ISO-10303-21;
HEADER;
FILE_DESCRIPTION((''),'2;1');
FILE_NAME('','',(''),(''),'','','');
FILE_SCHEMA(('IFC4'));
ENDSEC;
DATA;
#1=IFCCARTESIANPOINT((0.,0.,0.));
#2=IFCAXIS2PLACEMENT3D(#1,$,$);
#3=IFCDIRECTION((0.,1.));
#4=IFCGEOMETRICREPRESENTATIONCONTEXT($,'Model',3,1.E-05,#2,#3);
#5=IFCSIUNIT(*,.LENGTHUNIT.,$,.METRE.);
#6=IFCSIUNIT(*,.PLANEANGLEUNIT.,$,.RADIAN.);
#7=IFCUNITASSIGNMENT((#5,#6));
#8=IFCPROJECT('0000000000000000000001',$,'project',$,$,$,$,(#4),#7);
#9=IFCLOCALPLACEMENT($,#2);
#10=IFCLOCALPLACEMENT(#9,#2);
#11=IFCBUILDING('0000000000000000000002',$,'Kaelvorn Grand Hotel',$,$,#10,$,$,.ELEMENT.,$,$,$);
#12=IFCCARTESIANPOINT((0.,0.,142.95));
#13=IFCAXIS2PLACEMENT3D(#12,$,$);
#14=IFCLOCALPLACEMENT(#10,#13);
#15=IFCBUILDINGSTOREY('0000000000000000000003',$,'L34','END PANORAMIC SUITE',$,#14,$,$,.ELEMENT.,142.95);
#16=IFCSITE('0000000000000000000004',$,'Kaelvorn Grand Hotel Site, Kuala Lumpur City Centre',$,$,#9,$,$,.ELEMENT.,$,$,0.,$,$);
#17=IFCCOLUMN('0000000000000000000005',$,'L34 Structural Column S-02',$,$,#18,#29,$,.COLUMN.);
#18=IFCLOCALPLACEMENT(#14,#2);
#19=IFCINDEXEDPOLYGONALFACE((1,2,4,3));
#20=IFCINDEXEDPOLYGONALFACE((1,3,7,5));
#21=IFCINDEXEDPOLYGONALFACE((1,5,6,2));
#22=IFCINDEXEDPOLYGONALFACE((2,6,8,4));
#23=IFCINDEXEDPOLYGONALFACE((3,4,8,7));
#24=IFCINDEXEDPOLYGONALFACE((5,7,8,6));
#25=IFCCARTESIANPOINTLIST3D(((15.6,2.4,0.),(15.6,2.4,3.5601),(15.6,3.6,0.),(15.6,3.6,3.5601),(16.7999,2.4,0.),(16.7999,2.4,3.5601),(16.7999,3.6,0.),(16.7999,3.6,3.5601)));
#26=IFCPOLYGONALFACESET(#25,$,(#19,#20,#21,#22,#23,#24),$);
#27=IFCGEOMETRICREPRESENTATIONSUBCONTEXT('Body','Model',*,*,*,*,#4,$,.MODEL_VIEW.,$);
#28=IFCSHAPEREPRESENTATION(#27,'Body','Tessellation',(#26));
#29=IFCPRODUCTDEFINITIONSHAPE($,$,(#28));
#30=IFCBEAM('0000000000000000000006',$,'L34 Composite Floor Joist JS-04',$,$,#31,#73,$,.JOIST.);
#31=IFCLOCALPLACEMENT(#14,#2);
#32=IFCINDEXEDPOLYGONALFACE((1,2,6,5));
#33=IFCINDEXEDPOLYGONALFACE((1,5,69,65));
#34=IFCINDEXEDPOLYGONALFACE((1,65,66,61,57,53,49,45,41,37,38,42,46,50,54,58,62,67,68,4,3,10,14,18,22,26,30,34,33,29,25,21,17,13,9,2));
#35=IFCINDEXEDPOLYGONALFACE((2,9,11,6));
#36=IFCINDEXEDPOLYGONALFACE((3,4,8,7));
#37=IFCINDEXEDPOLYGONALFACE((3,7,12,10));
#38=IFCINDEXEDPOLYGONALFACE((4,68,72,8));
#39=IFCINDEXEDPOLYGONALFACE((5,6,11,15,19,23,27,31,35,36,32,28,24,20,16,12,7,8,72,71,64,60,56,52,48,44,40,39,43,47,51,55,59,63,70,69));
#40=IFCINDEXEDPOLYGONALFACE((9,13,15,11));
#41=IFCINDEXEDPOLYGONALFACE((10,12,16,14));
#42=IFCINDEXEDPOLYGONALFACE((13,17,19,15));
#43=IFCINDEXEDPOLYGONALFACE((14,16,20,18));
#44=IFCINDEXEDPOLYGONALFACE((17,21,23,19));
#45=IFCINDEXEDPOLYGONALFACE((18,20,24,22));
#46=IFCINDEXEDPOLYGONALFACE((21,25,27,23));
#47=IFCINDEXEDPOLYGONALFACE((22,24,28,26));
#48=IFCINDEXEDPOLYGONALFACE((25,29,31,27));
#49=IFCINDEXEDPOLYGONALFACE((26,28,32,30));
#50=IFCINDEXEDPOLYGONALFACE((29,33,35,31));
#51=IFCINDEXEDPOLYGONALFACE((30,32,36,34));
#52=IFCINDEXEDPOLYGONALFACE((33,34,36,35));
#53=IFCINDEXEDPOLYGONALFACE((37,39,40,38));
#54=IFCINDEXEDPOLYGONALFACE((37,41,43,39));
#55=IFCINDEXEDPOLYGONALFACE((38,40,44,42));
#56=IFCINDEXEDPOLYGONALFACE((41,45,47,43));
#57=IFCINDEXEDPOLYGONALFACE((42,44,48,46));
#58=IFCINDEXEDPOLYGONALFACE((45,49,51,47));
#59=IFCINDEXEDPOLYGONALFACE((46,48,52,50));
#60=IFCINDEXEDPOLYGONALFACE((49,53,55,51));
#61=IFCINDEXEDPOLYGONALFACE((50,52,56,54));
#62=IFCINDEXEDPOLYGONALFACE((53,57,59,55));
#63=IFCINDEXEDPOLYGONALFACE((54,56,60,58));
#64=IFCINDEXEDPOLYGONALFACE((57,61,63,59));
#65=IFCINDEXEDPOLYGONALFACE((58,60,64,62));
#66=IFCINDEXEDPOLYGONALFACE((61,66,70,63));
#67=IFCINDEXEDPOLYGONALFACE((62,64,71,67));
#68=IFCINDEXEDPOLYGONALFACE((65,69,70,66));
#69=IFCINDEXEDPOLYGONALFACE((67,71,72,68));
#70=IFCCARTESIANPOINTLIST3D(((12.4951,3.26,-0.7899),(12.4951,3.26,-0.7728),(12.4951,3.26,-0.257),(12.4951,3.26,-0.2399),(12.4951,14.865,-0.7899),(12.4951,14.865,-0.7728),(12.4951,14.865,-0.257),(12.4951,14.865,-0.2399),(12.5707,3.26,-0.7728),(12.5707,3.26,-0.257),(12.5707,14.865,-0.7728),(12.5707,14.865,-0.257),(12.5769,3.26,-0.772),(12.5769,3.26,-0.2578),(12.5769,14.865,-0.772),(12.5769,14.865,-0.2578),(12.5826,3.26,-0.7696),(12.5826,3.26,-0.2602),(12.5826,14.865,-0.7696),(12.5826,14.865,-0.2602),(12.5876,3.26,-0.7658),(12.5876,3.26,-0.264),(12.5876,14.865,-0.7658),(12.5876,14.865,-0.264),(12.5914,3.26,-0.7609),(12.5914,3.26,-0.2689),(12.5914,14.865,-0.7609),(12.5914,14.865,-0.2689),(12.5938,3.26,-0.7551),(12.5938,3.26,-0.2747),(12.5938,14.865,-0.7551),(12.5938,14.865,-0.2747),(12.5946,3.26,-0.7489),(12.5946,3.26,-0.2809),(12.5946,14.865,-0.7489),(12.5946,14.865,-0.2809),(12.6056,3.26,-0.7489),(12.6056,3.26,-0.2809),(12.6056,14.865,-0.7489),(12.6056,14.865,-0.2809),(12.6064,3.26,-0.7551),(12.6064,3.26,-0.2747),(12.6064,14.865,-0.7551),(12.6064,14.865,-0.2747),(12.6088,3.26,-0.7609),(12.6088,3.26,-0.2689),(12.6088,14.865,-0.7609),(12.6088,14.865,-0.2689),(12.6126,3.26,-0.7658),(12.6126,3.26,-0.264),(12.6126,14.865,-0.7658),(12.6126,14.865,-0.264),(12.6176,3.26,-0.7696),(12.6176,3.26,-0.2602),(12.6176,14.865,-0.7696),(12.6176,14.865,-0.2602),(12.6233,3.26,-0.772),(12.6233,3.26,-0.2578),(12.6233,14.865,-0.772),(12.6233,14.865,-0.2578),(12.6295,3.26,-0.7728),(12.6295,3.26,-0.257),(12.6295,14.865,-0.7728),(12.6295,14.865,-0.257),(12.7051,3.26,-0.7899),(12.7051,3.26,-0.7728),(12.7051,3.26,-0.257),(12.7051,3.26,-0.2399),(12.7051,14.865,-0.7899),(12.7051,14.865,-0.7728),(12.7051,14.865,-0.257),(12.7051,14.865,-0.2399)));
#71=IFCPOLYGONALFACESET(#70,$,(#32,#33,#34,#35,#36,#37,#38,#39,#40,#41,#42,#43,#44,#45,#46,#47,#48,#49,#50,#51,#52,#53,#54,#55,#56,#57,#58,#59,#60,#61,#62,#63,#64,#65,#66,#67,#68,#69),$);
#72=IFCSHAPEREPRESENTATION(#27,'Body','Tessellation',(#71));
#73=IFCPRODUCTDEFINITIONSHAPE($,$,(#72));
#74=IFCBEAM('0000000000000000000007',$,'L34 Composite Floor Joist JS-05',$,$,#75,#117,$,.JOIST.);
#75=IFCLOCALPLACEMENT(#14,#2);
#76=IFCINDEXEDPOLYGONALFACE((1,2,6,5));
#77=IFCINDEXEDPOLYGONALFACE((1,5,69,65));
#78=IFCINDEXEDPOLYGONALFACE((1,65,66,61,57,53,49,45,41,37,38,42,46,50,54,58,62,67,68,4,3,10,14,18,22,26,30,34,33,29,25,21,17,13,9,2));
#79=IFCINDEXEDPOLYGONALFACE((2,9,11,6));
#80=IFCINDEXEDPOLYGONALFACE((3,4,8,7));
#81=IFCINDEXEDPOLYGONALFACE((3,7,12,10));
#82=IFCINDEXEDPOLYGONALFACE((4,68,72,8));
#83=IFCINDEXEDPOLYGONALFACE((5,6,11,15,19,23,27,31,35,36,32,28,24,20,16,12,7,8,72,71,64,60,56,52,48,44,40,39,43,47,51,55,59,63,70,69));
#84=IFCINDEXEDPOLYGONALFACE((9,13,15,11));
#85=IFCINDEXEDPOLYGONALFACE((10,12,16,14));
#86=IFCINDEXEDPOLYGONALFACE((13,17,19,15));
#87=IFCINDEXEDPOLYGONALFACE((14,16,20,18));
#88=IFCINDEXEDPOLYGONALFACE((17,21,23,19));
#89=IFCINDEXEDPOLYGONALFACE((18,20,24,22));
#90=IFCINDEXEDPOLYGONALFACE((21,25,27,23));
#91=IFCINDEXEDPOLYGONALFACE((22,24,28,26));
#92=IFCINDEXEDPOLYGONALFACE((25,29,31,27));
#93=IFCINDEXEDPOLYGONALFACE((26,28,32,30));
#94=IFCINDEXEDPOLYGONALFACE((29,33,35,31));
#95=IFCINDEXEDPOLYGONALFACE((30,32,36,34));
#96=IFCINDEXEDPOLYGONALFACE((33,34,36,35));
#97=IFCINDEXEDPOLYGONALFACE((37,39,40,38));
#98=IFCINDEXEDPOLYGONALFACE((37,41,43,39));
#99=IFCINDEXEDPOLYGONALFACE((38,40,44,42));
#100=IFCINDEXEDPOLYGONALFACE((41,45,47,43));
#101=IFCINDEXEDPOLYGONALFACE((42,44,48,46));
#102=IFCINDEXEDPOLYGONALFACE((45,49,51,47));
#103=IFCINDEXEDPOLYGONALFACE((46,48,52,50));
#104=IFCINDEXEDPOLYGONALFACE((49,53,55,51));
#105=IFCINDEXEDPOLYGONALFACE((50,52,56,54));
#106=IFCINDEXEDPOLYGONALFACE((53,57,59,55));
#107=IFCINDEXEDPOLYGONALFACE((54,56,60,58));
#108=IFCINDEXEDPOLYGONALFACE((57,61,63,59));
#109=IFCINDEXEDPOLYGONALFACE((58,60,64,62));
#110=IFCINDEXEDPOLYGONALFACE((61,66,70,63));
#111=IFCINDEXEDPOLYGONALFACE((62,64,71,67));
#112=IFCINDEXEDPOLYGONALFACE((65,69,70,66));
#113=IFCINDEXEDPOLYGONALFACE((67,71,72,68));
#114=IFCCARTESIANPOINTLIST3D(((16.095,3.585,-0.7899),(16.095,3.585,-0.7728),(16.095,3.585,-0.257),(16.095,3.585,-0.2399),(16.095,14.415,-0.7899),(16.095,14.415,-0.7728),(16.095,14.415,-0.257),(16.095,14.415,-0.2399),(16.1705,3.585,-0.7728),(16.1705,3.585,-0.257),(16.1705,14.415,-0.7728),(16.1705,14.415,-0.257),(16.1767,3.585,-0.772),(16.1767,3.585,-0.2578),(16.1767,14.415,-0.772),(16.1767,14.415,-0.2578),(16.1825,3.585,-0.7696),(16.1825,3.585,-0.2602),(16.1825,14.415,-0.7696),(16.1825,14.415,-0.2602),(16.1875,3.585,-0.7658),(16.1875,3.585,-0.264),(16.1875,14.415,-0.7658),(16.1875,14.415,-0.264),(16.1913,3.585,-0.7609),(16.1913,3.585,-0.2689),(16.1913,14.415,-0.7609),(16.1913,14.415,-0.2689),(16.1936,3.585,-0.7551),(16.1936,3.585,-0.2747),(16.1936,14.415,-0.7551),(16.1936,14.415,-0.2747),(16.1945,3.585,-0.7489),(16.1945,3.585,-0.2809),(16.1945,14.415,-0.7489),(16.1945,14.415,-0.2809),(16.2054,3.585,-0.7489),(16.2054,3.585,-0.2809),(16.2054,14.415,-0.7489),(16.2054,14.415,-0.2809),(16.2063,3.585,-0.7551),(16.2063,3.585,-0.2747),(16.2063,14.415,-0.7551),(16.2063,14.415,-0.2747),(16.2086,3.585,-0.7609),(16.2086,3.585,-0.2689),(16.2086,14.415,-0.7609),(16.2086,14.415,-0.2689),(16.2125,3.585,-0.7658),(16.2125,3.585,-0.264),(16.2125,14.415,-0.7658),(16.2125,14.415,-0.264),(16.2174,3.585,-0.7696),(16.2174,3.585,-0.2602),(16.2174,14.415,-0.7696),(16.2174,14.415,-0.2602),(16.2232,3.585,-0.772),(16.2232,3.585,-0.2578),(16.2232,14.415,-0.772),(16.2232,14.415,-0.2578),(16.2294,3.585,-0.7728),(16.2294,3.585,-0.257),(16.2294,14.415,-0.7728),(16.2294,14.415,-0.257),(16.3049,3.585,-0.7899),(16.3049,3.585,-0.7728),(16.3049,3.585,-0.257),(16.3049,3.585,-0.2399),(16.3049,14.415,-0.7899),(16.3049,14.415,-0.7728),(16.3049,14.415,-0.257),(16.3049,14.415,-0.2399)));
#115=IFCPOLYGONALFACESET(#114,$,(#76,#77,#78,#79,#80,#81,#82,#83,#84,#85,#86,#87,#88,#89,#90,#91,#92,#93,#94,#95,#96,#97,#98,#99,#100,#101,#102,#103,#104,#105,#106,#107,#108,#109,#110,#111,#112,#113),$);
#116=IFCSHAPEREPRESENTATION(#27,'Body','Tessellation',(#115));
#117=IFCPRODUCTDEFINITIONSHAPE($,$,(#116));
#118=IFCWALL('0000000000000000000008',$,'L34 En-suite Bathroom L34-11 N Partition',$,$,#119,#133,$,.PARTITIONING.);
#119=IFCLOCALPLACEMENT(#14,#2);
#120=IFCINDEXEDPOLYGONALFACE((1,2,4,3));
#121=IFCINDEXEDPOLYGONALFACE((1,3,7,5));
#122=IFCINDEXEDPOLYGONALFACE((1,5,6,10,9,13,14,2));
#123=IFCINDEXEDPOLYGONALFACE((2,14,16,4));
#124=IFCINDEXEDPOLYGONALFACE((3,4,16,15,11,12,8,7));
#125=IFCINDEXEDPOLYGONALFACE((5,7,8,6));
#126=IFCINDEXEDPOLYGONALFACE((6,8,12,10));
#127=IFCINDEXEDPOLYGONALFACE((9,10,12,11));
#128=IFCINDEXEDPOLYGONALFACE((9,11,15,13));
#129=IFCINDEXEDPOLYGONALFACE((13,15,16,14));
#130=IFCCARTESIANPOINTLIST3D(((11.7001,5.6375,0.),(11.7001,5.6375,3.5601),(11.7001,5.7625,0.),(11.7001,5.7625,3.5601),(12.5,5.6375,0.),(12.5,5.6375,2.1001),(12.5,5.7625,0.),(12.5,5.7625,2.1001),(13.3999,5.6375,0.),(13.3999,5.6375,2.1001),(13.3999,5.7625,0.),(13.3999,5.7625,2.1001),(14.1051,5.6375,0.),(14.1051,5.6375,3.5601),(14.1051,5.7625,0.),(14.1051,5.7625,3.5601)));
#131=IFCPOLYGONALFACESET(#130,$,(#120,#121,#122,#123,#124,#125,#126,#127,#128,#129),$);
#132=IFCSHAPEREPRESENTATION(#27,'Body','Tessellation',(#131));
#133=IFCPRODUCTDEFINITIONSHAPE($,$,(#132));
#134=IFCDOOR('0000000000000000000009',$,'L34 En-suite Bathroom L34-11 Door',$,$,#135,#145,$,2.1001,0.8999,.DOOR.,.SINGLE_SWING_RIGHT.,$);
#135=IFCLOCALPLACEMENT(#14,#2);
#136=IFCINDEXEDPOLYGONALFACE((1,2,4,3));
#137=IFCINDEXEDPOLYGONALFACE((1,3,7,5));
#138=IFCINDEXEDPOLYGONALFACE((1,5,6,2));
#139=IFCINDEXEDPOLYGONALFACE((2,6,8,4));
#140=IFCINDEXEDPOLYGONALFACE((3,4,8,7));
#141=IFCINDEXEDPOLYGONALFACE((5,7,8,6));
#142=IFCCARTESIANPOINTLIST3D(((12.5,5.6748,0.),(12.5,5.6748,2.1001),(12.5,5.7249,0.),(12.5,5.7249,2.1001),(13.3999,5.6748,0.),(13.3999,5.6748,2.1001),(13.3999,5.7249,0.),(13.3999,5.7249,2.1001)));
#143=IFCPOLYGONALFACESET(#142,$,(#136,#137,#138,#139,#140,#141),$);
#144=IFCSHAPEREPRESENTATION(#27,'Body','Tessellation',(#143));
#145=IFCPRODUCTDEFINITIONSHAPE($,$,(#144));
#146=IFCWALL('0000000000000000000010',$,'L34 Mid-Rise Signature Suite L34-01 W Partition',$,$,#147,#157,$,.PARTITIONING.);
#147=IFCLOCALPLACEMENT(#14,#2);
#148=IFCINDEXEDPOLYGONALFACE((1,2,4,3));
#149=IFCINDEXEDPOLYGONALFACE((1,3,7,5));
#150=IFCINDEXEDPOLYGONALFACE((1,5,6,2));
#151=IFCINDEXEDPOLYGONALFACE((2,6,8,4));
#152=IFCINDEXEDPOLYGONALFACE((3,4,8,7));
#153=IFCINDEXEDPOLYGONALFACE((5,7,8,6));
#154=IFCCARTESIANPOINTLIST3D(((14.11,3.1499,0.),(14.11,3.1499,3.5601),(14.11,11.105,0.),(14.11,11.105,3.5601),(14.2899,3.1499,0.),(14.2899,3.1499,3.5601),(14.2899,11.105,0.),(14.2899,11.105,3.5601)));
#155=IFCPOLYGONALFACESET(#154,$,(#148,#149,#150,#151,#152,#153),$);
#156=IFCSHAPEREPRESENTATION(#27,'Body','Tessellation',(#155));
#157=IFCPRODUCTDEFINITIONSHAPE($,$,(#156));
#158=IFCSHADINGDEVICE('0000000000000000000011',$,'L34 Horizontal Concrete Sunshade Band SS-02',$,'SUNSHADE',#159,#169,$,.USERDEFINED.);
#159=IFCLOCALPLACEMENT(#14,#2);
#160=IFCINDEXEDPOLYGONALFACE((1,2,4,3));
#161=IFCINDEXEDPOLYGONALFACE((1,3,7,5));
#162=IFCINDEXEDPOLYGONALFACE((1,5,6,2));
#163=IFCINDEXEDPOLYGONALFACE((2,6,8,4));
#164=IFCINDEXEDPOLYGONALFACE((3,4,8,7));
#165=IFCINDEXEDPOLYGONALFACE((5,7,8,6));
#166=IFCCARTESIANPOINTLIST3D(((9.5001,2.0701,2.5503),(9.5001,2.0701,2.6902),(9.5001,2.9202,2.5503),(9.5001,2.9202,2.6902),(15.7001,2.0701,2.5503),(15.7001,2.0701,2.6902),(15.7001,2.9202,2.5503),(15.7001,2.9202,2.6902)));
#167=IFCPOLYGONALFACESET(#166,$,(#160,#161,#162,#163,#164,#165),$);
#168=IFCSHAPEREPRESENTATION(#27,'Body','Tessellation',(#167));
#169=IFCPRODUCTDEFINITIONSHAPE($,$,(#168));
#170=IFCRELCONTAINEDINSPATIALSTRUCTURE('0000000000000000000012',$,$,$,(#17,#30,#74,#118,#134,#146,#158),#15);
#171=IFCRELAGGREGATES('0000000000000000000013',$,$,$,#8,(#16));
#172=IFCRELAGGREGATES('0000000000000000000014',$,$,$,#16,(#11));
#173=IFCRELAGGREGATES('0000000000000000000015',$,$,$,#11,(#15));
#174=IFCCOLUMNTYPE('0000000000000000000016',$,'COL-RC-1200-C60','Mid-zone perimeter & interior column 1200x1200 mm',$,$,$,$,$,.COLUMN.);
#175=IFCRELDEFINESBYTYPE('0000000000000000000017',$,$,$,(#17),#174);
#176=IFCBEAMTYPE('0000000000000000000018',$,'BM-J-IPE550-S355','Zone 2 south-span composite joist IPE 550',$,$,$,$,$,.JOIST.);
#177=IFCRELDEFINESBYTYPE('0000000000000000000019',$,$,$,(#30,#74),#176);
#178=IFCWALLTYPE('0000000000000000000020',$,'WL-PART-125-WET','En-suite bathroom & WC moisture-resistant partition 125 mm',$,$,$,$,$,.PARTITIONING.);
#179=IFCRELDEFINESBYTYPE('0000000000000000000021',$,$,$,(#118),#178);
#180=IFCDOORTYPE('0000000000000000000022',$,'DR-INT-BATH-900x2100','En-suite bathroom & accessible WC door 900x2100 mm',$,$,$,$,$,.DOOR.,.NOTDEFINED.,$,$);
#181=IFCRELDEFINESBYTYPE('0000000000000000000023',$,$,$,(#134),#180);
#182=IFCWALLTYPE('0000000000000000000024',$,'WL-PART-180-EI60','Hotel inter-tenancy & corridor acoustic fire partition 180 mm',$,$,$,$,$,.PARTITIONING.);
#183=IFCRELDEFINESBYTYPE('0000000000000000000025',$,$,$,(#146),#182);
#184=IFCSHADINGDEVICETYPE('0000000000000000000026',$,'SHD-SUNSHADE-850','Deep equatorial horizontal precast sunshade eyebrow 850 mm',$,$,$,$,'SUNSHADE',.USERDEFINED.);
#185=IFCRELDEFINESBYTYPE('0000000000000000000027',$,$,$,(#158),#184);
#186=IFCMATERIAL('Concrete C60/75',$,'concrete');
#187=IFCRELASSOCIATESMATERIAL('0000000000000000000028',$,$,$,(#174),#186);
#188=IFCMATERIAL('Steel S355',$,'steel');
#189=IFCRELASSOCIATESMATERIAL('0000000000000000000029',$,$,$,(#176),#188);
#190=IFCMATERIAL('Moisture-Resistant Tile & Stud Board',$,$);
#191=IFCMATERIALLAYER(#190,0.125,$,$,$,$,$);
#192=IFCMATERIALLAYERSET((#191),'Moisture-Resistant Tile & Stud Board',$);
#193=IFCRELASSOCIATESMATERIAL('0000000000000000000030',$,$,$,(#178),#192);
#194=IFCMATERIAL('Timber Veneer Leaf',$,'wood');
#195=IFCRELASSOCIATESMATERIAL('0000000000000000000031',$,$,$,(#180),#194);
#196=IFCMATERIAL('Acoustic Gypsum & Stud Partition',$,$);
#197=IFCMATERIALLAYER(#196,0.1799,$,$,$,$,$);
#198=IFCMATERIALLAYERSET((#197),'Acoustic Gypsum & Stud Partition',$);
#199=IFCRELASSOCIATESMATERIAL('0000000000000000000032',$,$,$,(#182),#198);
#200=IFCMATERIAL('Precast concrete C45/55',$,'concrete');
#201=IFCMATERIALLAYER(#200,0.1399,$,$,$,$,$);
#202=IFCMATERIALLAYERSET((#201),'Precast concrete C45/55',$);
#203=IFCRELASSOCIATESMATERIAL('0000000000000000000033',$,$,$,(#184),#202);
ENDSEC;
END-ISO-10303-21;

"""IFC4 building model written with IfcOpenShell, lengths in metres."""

from ifc_helpers import new_model, si_unit, direction, frame, frame_2d, origin, origin_2d, place, context, subcontext, project, spatial, rectangle, i_section, extrude, material, layer, layer_set, material_profile, profile_set, type_object, element, fill, save


model = new_model("IFC4")

# Units and contexts
model_context = context("Model", 3, precision=1e-05, world=origin(), true_north=direction((0.0, 1.0)))
body_context = subcontext(model_context, "Body", "Model", "MODEL_VIEW")
ifc_project = project(units=[si_unit("LENGTHUNIT", "METRE"), si_unit("PLANEANGLEUNIT", "RADIAN")], contexts=[model_context])

# Site, building, storey
site_placement = place(None, origin())
site = spatial("IfcSite", under=ifc_project, at=site_placement, Name="Kaelvorn Grand Hotel Site, Kuala Lumpur City Centre", CompositionType="ELEMENT", RefElevation=0.0)
building_placement = place(site_placement, origin())
building = spatial("IfcBuilding", under=site, at=building_placement, Name="Kaelvorn Grand Hotel", CompositionType="ELEMENT")
storey_placement = place(building_placement, frame((0.0, 0.0, 142.95)))
storey = spatial("IfcBuildingStorey", under=building, at=storey_placement, Name="L34", Description="END PANORAMIC SUITE", CompositionType="ELEMENT", Elevation=142.95)

# Column
ifc_material_1 = material(Name="Concrete C60/75", Category="concrete")
ifc_material_profile_1 = material_profile(ifc_material_1, rectangle(XDim=1.2, YDim=1.2, at=origin_2d()), Name="RC COL 1200x1200")
ifc_profile_set_1 = profile_set([ifc_material_profile_1], Name="Concrete C60/75")
column_type = type_object("IfcColumnType", Name="COL-RC-1200-C60", Description="Mid-zone perimeter & interior column 1200x1200 mm", PredefinedType="COLUMN", material=ifc_profile_set_1)
column_placement = place(storey_placement, frame((16.2, 3.0, 0.0), z_axis=(0.0, 0.0, 1.0), x_axis=(1.0, 0.0, 0.0)))
element("IfcColumn", 1, at=column_placement, inside=storey, type_object=column_type, Name="L34 Structural Column S-02", PredefinedType="COLUMN", context=body_context, shape_type="SweptSolid", body=[
    extrude(rectangle(XDim=1.2, YDim=1.2, at=origin_2d()), origin(), (0.0, 0.0, 1.0), 3.5601),
])

# Beams
ifc_material_2 = material(Name="Steel S355", Category="steel")
ifc_material_profile_2 = material_profile(ifc_material_2, i_section(OverallWidth=0.21, OverallDepth=0.55, WebThickness=0.011, FlangeThickness=0.0171, FilletRadius=0.0239, at=origin_2d()), Name="IPE 550")
ifc_profile_set_2 = profile_set([ifc_material_profile_2], Name="Steel S355")
beam_type = type_object("IfcBeamType", Name="BM-J-IPE550-S355", Description="Zone 2 south-span composite joist IPE 550", PredefinedType="JOIST", material=ifc_profile_set_2)
beam_1_placement = place(storey_placement, frame((12.6001, 3.26, -0.5149), z_axis=(0.0, 1.0, 0.0), x_axis=(-1.0, 0.0, 0.0)))
element("IfcBeam", 2, at=beam_1_placement, inside=storey, type_object=beam_type, Name="L34 Composite Floor Joist JS-04", PredefinedType="JOIST", context=body_context, shape_type="SweptSolid", body=[
    extrude(i_section(OverallWidth=0.21, OverallDepth=0.55, WebThickness=0.011, FlangeThickness=0.0171, FilletRadius=0.0239, at=origin_2d()), origin(), (0.0, 0.0, 1.0), 11.605),
])
beam_2_placement = place(storey_placement, frame((16.2, 3.585, -0.5149), z_axis=(0.0, 1.0, 0.0), x_axis=(-1.0, 0.0, 0.0)))
element("IfcBeam", 3, at=beam_2_placement, inside=storey, type_object=beam_type, Name="L34 Composite Floor Joist JS-05", PredefinedType="JOIST", context=body_context, shape_type="SweptSolid", body=[
    extrude(i_section(OverallWidth=0.21, OverallDepth=0.55, WebThickness=0.011, FlangeThickness=0.0171, FilletRadius=0.0239, at=origin_2d()), origin(), (0.0, 0.0, 1.0), 10.8301),
])

# Wall, opening, door
ifc_material_3 = material(Name="Moisture-Resistant Tile & Stud Board")
ifc_layer_1 = layer(ifc_material_3, 0.125)
ifc_layer_set_1 = layer_set([ifc_layer_1], Name="Moisture-Resistant Tile & Stud Board")
wall_type_1 = type_object("IfcWallType", Name="WL-PART-125-WET", Description="En-suite bathroom & WC moisture-resistant partition 125 mm", PredefinedType="PARTITIONING", material=ifc_layer_set_1)
wall_1_placement = place(storey_placement, frame((11.7, 5.7, 0.0), z_axis=(0.0, 0.0, 1.0), x_axis=(1.0, 0.0, 0.0)))
wall_1 = element("IfcWall", 4, at=wall_1_placement, inside=storey, type_object=wall_type_1, Name="L34 En-suite Bathroom L34-11 N Partition", PredefinedType="PARTITIONING", context=body_context, shape_type="SweptSolid", body=[
    extrude(rectangle(XDim=2.405, YDim=0.125, at=frame_2d((1.2026, 0.0))), origin(), (0.0, 0.0, 1.0), 3.5601),
])
opening_placement = place(wall_1_placement, frame((0.8, 0.0, 0.0)))
opening = element("IfcOpeningElement", 5, at=opening_placement, cuts=wall_1, PredefinedType="OPENING", context=body_context, shape_type="SweptSolid", body=[
    extrude(rectangle(XDim=0.8999, YDim=2.1001, at=frame_2d((0.45, 1.05))), frame((0.0, 0.0725, 0.0), z_axis=(0.0, -1.0, 0.0), x_axis=(1.0, 0.0, 0.0)), (0.0, 0.0, 1.0), 0.145),
])
ifc_material_4 = material(Name="Timber Veneer Leaf", Category="wood")
door_type = type_object("IfcDoorType", Name="DR-INT-BATH-900x2100", Description="En-suite bathroom & accessible WC door 900x2100 mm", OperationType="NOTDEFINED", PredefinedType="DOOR", material=ifc_material_4)
door_placement = place(opening_placement, origin())
door = element("IfcDoor", 6, at=door_placement, inside=storey, type_object=door_type, Name="L34 En-suite Bathroom L34-11 Door", OperationType="SINGLE_SWING_RIGHT", OverallHeight=2.1001, OverallWidth=0.8999, PredefinedType="DOOR", context=body_context, shape_type="SweptSolid", body=[
    extrude(rectangle(XDim=0.8999, YDim=2.1001, at=frame_2d((0.45, 1.05))), frame((0.0, 0.0249, 0.0), z_axis=(0.0, -1.0, 0.0), x_axis=(1.0, 0.0, 0.0)), (0.0, 0.0, 1.0), 0.05),
])
fill(opening, door)

# Wall
ifc_material_5 = material(Name="Acoustic Gypsum & Stud Partition")
ifc_layer_2 = layer(ifc_material_5, 0.1799)
ifc_layer_set_2 = layer_set([ifc_layer_2], Name="Acoustic Gypsum & Stud Partition")
wall_type_2 = type_object("IfcWallType", Name="WL-PART-180-EI60", Description="Hotel inter-tenancy & corridor acoustic fire partition 180 mm", PredefinedType="PARTITIONING", material=ifc_layer_set_2)
wall_2_placement = place(storey_placement, frame((14.2, 3.1499, 0.0), z_axis=(0.0, 0.0, 1.0), x_axis=(0.0, 1.0, 0.0)))
element("IfcWall", 7, at=wall_2_placement, inside=storey, type_object=wall_type_2, Name="L34 Mid-Rise Signature Suite L34-01 W Partition", PredefinedType="PARTITIONING", context=body_context, shape_type="SweptSolid", body=[
    extrude(rectangle(XDim=7.9551, YDim=0.1799, at=frame_2d((3.9775, 0.0))), origin(), (0.0, 0.0, 1.0), 3.5601),
])

# Shading device
ifc_material_6 = material(Name="Precast concrete C45/55", Category="concrete")
ifc_layer_3 = layer(ifc_material_6, 0.1399)
ifc_layer_set_3 = layer_set([ifc_layer_3], Name="Precast concrete C45/55")
shading_device_type = type_object("IfcShadingDeviceType", Name="SHD-SUNSHADE-850", Description="Deep equatorial horizontal precast sunshade eyebrow 850 mm", ElementType="SUNSHADE", PredefinedType="USERDEFINED", material=ifc_layer_set_3)
shading_device_placement = place(storey_placement, frame((12.6001, 2.4951, 2.5503), z_axis=(0.0, 0.0, 1.0), x_axis=(1.0, 0.0, 0.0)))
element("IfcShadingDevice", 8, at=shading_device_placement, inside=storey, type_object=shading_device_type, Name="L34 Horizontal Concrete Sunshade Band SS-02", ObjectType="SUNSHADE", PredefinedType="USERDEFINED", context=body_context, shape_type="SweptSolid", body=[
    extrude(rectangle(XDim=6.2, YDim=0.8501, at=origin_2d()), origin(), (0.0, 0.0, 1.0), 0.1399),
])

save(model, "model.ifc")
